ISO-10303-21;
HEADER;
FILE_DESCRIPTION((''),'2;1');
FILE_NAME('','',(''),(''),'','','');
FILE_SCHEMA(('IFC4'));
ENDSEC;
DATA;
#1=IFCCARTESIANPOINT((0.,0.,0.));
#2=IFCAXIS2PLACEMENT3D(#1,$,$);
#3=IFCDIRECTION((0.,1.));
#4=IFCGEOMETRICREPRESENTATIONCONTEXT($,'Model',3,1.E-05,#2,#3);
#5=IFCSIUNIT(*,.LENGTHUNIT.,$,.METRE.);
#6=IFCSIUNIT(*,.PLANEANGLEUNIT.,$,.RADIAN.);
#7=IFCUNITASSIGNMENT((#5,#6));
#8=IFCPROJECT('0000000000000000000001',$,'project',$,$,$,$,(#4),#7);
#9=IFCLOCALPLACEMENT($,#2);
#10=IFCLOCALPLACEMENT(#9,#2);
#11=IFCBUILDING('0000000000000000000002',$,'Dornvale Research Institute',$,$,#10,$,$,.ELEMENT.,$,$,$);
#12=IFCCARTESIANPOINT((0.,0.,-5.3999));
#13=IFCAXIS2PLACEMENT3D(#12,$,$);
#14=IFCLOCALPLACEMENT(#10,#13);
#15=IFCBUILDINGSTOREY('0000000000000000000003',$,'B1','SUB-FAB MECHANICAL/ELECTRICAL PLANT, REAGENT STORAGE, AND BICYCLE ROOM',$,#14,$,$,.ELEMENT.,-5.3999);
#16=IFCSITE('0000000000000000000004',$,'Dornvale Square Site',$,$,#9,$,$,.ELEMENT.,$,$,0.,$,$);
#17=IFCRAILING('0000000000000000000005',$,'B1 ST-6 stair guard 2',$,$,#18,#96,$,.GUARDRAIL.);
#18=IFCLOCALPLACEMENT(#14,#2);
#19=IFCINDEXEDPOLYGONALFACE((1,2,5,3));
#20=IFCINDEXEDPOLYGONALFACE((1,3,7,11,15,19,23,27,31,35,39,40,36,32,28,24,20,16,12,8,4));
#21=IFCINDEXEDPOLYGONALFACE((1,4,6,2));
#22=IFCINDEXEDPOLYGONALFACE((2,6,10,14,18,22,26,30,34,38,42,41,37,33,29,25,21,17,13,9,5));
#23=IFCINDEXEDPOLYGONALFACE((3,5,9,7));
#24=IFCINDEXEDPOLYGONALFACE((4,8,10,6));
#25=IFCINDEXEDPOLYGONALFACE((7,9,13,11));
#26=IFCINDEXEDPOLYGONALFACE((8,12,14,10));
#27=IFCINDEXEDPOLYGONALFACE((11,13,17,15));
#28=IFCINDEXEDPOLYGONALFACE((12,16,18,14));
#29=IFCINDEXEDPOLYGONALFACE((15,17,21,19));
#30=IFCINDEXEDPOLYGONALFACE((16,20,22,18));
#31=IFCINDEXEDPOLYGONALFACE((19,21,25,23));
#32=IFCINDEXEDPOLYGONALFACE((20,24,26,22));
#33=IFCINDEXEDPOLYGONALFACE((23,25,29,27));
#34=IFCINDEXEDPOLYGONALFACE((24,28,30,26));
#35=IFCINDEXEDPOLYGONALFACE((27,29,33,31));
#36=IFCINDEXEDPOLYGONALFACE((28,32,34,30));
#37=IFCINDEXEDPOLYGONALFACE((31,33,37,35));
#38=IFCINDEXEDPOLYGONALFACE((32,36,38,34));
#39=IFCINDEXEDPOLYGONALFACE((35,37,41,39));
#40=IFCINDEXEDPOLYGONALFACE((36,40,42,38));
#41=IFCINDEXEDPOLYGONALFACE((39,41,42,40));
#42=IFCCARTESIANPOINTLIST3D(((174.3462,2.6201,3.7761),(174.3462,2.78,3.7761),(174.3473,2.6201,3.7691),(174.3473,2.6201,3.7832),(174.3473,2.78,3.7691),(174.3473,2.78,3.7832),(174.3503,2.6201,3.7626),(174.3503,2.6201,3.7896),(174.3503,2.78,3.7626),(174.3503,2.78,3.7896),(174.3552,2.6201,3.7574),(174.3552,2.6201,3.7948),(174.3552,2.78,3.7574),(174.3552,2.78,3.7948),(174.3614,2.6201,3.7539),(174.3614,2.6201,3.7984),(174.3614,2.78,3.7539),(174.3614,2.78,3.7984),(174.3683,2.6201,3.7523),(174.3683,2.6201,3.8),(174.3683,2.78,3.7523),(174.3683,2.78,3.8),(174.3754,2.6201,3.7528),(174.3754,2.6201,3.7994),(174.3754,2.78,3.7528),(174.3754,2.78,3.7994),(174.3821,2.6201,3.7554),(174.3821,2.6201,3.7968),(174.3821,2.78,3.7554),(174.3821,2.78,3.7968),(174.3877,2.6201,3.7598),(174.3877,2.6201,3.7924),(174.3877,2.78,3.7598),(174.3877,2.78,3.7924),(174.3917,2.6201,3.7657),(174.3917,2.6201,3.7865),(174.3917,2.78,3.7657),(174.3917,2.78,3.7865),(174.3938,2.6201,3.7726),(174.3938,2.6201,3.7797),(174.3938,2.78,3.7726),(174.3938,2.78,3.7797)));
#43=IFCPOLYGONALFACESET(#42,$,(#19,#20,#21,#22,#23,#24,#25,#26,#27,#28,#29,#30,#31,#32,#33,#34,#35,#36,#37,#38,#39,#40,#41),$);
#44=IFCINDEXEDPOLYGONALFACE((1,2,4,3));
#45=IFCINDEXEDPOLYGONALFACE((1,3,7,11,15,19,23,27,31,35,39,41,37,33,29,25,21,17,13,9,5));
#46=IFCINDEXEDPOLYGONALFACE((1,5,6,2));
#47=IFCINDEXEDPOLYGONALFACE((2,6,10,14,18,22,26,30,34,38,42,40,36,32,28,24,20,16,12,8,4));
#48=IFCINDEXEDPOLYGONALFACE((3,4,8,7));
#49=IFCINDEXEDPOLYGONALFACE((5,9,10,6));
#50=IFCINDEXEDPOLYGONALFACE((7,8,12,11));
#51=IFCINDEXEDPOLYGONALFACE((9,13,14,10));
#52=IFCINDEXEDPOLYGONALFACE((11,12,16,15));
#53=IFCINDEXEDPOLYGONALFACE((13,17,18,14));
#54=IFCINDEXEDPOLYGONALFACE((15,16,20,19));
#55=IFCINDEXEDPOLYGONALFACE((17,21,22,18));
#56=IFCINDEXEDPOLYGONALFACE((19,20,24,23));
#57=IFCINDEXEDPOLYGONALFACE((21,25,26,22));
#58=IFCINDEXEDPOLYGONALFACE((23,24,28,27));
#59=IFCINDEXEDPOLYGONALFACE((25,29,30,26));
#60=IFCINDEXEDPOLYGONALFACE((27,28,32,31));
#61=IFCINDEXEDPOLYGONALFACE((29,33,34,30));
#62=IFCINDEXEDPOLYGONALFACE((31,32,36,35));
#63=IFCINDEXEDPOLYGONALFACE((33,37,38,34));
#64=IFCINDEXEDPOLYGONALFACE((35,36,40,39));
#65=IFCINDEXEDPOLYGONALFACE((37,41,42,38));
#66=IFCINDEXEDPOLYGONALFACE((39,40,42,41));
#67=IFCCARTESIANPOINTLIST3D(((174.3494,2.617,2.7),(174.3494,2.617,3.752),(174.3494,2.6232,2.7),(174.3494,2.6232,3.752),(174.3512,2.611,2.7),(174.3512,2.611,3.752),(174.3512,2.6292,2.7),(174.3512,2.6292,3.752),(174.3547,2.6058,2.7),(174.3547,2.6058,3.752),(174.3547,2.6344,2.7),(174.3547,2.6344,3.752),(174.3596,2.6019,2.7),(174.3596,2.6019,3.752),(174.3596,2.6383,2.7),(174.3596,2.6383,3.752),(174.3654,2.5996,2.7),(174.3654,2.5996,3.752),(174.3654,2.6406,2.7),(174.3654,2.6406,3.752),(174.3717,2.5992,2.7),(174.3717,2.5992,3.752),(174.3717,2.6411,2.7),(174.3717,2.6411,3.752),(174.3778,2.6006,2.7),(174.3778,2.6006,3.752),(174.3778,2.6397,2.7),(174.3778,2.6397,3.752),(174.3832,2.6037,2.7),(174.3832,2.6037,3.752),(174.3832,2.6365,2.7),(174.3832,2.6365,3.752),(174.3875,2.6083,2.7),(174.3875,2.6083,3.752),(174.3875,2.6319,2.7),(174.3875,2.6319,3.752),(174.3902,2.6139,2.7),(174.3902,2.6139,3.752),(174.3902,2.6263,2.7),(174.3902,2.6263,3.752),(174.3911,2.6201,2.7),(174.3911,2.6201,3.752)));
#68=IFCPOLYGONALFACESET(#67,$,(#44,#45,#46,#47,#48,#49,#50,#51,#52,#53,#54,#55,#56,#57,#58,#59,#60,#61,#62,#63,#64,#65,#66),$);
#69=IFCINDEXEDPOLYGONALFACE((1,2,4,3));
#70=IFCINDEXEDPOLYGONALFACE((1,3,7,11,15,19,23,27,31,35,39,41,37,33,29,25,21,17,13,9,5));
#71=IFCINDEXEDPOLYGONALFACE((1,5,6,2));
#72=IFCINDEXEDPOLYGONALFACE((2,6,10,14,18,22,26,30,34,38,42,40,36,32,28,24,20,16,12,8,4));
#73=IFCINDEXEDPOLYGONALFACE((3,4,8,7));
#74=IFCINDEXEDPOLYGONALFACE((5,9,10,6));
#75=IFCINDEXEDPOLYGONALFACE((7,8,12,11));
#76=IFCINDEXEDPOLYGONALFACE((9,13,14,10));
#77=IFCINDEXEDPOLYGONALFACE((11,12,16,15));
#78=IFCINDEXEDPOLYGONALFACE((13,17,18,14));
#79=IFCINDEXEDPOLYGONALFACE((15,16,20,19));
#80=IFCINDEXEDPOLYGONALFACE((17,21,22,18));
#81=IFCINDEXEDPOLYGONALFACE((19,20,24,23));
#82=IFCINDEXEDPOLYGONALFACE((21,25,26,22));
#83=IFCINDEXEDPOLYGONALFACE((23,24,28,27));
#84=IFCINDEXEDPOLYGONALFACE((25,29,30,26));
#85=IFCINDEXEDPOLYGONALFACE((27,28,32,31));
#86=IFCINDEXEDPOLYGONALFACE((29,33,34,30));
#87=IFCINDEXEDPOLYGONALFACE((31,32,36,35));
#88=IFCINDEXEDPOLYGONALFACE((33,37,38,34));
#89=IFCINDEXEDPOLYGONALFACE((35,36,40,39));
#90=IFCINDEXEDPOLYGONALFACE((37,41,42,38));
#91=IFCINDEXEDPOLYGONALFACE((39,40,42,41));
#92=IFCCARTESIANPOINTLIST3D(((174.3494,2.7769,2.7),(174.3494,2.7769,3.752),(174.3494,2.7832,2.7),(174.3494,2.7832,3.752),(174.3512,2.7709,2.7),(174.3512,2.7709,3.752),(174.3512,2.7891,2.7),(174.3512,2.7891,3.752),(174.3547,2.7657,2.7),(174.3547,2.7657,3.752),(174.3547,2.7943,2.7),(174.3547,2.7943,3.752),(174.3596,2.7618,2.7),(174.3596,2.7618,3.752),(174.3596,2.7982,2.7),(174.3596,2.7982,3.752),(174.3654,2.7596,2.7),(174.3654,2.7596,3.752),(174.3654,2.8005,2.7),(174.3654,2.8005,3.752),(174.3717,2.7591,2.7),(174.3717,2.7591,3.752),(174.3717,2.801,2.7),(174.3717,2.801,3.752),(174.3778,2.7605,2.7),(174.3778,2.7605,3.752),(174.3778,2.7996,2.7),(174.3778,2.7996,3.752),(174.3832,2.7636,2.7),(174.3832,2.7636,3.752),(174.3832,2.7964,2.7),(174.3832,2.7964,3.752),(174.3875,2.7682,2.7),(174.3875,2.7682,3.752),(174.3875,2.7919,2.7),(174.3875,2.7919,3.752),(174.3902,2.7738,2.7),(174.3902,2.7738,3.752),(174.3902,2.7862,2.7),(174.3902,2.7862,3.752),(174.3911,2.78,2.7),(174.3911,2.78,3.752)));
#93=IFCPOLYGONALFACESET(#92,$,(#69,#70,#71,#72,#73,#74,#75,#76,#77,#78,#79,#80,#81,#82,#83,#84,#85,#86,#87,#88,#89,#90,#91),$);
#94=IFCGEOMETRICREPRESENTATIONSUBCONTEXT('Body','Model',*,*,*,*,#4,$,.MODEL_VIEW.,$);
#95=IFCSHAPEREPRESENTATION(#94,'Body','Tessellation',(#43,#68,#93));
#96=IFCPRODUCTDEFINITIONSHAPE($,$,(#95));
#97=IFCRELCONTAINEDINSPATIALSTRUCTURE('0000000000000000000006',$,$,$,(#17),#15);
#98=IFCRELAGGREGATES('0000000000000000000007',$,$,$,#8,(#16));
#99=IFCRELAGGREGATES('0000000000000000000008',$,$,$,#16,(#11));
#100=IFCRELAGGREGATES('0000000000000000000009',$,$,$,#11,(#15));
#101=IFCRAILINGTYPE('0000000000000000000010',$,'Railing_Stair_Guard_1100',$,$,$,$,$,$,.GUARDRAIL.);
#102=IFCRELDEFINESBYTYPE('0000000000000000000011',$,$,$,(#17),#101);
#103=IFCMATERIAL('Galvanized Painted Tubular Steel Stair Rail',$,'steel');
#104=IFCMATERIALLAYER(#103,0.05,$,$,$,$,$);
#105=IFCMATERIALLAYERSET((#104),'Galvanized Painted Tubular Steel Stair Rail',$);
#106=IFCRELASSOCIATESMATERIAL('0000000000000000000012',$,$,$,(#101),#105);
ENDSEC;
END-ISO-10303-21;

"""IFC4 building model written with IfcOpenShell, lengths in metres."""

from ifc_helpers import new_model, si_unit, direction, frame, origin, origin_2d, place, context, subcontext, project, spatial, circle, extrude, material, layer, layer_set, type_object, element, save


model = new_model("IFC4")

# Units and contexts
model_context = context("Model", 3, precision=1e-05, world=origin(), true_north=direction((0.0, 1.0)))
body_context = subcontext(model_context, "Body", "Model", "MODEL_VIEW")
ifc_project = project(units=[si_unit("LENGTHUNIT", "METRE"), si_unit("PLANEANGLEUNIT", "RADIAN")], contexts=[model_context])

# Site, building, storey
site_placement = place(None, origin())
site = spatial("IfcSite", under=ifc_project, at=site_placement, Name="Dornvale Square Site", CompositionType="ELEMENT", RefElevation=0.0)
building_placement = place(site_placement, origin())
building = spatial("IfcBuilding", under=site, at=building_placement, Name="Dornvale Research Institute", CompositionType="ELEMENT")
storey_placement = place(building_placement, frame((0.0, 0.0, -5.3999)))
storey = spatial("IfcBuildingStorey", under=building, at=storey_placement, Name="B1", Description="SUB-FAB MECHANICAL/ELECTRICAL PLANT, REAGENT STORAGE, AND BICYCLE ROOM", CompositionType="ELEMENT", Elevation=-5.3999)

# Railing
ifc_material_1 = material(Name="Galvanized Painted Tubular Steel Stair Rail", Category="steel")
ifc_layer_1 = layer(ifc_material_1, 0.05)
ifc_layer_set_1 = layer_set([ifc_layer_1], Name="Galvanized Painted Tubular Steel Stair Rail")
railing_type_1 = type_object("IfcRailingType", Name="Railing_Stair_Guard_1100", PredefinedType="GUARDRAIL", material=ifc_layer_set_1)
railing_1_placement = place(storey_placement, frame((174.3701, 2.6201, 2.7)))
element("IfcRailing", 1, at=railing_1_placement, inside=storey, type_object=railing_type_1, Name="B1 ST-6 stair guard 2", PredefinedType="GUARDRAIL", context=body_context, shape_type="SweptSolid", body=[
    extrude(circle(Radius=0.0239, at=origin_2d()), frame((0.0, 0.0, 1.0762), z_axis=(0.0, 1.0, 0.0), x_axis=(-1.0, 0.0, 0.0)), (0.0, 0.0, 1.0), 0.1599),
    extrude(circle(Radius=0.021, at=origin_2d()), origin(), (0.0, 0.0, 1.0), 1.052),
    extrude(circle(Radius=0.021, at=origin_2d()), frame((0.0, 0.1599, 0.0)), (0.0, 0.0, 1.0), 1.052),
])

save(model, "model.ifc")
